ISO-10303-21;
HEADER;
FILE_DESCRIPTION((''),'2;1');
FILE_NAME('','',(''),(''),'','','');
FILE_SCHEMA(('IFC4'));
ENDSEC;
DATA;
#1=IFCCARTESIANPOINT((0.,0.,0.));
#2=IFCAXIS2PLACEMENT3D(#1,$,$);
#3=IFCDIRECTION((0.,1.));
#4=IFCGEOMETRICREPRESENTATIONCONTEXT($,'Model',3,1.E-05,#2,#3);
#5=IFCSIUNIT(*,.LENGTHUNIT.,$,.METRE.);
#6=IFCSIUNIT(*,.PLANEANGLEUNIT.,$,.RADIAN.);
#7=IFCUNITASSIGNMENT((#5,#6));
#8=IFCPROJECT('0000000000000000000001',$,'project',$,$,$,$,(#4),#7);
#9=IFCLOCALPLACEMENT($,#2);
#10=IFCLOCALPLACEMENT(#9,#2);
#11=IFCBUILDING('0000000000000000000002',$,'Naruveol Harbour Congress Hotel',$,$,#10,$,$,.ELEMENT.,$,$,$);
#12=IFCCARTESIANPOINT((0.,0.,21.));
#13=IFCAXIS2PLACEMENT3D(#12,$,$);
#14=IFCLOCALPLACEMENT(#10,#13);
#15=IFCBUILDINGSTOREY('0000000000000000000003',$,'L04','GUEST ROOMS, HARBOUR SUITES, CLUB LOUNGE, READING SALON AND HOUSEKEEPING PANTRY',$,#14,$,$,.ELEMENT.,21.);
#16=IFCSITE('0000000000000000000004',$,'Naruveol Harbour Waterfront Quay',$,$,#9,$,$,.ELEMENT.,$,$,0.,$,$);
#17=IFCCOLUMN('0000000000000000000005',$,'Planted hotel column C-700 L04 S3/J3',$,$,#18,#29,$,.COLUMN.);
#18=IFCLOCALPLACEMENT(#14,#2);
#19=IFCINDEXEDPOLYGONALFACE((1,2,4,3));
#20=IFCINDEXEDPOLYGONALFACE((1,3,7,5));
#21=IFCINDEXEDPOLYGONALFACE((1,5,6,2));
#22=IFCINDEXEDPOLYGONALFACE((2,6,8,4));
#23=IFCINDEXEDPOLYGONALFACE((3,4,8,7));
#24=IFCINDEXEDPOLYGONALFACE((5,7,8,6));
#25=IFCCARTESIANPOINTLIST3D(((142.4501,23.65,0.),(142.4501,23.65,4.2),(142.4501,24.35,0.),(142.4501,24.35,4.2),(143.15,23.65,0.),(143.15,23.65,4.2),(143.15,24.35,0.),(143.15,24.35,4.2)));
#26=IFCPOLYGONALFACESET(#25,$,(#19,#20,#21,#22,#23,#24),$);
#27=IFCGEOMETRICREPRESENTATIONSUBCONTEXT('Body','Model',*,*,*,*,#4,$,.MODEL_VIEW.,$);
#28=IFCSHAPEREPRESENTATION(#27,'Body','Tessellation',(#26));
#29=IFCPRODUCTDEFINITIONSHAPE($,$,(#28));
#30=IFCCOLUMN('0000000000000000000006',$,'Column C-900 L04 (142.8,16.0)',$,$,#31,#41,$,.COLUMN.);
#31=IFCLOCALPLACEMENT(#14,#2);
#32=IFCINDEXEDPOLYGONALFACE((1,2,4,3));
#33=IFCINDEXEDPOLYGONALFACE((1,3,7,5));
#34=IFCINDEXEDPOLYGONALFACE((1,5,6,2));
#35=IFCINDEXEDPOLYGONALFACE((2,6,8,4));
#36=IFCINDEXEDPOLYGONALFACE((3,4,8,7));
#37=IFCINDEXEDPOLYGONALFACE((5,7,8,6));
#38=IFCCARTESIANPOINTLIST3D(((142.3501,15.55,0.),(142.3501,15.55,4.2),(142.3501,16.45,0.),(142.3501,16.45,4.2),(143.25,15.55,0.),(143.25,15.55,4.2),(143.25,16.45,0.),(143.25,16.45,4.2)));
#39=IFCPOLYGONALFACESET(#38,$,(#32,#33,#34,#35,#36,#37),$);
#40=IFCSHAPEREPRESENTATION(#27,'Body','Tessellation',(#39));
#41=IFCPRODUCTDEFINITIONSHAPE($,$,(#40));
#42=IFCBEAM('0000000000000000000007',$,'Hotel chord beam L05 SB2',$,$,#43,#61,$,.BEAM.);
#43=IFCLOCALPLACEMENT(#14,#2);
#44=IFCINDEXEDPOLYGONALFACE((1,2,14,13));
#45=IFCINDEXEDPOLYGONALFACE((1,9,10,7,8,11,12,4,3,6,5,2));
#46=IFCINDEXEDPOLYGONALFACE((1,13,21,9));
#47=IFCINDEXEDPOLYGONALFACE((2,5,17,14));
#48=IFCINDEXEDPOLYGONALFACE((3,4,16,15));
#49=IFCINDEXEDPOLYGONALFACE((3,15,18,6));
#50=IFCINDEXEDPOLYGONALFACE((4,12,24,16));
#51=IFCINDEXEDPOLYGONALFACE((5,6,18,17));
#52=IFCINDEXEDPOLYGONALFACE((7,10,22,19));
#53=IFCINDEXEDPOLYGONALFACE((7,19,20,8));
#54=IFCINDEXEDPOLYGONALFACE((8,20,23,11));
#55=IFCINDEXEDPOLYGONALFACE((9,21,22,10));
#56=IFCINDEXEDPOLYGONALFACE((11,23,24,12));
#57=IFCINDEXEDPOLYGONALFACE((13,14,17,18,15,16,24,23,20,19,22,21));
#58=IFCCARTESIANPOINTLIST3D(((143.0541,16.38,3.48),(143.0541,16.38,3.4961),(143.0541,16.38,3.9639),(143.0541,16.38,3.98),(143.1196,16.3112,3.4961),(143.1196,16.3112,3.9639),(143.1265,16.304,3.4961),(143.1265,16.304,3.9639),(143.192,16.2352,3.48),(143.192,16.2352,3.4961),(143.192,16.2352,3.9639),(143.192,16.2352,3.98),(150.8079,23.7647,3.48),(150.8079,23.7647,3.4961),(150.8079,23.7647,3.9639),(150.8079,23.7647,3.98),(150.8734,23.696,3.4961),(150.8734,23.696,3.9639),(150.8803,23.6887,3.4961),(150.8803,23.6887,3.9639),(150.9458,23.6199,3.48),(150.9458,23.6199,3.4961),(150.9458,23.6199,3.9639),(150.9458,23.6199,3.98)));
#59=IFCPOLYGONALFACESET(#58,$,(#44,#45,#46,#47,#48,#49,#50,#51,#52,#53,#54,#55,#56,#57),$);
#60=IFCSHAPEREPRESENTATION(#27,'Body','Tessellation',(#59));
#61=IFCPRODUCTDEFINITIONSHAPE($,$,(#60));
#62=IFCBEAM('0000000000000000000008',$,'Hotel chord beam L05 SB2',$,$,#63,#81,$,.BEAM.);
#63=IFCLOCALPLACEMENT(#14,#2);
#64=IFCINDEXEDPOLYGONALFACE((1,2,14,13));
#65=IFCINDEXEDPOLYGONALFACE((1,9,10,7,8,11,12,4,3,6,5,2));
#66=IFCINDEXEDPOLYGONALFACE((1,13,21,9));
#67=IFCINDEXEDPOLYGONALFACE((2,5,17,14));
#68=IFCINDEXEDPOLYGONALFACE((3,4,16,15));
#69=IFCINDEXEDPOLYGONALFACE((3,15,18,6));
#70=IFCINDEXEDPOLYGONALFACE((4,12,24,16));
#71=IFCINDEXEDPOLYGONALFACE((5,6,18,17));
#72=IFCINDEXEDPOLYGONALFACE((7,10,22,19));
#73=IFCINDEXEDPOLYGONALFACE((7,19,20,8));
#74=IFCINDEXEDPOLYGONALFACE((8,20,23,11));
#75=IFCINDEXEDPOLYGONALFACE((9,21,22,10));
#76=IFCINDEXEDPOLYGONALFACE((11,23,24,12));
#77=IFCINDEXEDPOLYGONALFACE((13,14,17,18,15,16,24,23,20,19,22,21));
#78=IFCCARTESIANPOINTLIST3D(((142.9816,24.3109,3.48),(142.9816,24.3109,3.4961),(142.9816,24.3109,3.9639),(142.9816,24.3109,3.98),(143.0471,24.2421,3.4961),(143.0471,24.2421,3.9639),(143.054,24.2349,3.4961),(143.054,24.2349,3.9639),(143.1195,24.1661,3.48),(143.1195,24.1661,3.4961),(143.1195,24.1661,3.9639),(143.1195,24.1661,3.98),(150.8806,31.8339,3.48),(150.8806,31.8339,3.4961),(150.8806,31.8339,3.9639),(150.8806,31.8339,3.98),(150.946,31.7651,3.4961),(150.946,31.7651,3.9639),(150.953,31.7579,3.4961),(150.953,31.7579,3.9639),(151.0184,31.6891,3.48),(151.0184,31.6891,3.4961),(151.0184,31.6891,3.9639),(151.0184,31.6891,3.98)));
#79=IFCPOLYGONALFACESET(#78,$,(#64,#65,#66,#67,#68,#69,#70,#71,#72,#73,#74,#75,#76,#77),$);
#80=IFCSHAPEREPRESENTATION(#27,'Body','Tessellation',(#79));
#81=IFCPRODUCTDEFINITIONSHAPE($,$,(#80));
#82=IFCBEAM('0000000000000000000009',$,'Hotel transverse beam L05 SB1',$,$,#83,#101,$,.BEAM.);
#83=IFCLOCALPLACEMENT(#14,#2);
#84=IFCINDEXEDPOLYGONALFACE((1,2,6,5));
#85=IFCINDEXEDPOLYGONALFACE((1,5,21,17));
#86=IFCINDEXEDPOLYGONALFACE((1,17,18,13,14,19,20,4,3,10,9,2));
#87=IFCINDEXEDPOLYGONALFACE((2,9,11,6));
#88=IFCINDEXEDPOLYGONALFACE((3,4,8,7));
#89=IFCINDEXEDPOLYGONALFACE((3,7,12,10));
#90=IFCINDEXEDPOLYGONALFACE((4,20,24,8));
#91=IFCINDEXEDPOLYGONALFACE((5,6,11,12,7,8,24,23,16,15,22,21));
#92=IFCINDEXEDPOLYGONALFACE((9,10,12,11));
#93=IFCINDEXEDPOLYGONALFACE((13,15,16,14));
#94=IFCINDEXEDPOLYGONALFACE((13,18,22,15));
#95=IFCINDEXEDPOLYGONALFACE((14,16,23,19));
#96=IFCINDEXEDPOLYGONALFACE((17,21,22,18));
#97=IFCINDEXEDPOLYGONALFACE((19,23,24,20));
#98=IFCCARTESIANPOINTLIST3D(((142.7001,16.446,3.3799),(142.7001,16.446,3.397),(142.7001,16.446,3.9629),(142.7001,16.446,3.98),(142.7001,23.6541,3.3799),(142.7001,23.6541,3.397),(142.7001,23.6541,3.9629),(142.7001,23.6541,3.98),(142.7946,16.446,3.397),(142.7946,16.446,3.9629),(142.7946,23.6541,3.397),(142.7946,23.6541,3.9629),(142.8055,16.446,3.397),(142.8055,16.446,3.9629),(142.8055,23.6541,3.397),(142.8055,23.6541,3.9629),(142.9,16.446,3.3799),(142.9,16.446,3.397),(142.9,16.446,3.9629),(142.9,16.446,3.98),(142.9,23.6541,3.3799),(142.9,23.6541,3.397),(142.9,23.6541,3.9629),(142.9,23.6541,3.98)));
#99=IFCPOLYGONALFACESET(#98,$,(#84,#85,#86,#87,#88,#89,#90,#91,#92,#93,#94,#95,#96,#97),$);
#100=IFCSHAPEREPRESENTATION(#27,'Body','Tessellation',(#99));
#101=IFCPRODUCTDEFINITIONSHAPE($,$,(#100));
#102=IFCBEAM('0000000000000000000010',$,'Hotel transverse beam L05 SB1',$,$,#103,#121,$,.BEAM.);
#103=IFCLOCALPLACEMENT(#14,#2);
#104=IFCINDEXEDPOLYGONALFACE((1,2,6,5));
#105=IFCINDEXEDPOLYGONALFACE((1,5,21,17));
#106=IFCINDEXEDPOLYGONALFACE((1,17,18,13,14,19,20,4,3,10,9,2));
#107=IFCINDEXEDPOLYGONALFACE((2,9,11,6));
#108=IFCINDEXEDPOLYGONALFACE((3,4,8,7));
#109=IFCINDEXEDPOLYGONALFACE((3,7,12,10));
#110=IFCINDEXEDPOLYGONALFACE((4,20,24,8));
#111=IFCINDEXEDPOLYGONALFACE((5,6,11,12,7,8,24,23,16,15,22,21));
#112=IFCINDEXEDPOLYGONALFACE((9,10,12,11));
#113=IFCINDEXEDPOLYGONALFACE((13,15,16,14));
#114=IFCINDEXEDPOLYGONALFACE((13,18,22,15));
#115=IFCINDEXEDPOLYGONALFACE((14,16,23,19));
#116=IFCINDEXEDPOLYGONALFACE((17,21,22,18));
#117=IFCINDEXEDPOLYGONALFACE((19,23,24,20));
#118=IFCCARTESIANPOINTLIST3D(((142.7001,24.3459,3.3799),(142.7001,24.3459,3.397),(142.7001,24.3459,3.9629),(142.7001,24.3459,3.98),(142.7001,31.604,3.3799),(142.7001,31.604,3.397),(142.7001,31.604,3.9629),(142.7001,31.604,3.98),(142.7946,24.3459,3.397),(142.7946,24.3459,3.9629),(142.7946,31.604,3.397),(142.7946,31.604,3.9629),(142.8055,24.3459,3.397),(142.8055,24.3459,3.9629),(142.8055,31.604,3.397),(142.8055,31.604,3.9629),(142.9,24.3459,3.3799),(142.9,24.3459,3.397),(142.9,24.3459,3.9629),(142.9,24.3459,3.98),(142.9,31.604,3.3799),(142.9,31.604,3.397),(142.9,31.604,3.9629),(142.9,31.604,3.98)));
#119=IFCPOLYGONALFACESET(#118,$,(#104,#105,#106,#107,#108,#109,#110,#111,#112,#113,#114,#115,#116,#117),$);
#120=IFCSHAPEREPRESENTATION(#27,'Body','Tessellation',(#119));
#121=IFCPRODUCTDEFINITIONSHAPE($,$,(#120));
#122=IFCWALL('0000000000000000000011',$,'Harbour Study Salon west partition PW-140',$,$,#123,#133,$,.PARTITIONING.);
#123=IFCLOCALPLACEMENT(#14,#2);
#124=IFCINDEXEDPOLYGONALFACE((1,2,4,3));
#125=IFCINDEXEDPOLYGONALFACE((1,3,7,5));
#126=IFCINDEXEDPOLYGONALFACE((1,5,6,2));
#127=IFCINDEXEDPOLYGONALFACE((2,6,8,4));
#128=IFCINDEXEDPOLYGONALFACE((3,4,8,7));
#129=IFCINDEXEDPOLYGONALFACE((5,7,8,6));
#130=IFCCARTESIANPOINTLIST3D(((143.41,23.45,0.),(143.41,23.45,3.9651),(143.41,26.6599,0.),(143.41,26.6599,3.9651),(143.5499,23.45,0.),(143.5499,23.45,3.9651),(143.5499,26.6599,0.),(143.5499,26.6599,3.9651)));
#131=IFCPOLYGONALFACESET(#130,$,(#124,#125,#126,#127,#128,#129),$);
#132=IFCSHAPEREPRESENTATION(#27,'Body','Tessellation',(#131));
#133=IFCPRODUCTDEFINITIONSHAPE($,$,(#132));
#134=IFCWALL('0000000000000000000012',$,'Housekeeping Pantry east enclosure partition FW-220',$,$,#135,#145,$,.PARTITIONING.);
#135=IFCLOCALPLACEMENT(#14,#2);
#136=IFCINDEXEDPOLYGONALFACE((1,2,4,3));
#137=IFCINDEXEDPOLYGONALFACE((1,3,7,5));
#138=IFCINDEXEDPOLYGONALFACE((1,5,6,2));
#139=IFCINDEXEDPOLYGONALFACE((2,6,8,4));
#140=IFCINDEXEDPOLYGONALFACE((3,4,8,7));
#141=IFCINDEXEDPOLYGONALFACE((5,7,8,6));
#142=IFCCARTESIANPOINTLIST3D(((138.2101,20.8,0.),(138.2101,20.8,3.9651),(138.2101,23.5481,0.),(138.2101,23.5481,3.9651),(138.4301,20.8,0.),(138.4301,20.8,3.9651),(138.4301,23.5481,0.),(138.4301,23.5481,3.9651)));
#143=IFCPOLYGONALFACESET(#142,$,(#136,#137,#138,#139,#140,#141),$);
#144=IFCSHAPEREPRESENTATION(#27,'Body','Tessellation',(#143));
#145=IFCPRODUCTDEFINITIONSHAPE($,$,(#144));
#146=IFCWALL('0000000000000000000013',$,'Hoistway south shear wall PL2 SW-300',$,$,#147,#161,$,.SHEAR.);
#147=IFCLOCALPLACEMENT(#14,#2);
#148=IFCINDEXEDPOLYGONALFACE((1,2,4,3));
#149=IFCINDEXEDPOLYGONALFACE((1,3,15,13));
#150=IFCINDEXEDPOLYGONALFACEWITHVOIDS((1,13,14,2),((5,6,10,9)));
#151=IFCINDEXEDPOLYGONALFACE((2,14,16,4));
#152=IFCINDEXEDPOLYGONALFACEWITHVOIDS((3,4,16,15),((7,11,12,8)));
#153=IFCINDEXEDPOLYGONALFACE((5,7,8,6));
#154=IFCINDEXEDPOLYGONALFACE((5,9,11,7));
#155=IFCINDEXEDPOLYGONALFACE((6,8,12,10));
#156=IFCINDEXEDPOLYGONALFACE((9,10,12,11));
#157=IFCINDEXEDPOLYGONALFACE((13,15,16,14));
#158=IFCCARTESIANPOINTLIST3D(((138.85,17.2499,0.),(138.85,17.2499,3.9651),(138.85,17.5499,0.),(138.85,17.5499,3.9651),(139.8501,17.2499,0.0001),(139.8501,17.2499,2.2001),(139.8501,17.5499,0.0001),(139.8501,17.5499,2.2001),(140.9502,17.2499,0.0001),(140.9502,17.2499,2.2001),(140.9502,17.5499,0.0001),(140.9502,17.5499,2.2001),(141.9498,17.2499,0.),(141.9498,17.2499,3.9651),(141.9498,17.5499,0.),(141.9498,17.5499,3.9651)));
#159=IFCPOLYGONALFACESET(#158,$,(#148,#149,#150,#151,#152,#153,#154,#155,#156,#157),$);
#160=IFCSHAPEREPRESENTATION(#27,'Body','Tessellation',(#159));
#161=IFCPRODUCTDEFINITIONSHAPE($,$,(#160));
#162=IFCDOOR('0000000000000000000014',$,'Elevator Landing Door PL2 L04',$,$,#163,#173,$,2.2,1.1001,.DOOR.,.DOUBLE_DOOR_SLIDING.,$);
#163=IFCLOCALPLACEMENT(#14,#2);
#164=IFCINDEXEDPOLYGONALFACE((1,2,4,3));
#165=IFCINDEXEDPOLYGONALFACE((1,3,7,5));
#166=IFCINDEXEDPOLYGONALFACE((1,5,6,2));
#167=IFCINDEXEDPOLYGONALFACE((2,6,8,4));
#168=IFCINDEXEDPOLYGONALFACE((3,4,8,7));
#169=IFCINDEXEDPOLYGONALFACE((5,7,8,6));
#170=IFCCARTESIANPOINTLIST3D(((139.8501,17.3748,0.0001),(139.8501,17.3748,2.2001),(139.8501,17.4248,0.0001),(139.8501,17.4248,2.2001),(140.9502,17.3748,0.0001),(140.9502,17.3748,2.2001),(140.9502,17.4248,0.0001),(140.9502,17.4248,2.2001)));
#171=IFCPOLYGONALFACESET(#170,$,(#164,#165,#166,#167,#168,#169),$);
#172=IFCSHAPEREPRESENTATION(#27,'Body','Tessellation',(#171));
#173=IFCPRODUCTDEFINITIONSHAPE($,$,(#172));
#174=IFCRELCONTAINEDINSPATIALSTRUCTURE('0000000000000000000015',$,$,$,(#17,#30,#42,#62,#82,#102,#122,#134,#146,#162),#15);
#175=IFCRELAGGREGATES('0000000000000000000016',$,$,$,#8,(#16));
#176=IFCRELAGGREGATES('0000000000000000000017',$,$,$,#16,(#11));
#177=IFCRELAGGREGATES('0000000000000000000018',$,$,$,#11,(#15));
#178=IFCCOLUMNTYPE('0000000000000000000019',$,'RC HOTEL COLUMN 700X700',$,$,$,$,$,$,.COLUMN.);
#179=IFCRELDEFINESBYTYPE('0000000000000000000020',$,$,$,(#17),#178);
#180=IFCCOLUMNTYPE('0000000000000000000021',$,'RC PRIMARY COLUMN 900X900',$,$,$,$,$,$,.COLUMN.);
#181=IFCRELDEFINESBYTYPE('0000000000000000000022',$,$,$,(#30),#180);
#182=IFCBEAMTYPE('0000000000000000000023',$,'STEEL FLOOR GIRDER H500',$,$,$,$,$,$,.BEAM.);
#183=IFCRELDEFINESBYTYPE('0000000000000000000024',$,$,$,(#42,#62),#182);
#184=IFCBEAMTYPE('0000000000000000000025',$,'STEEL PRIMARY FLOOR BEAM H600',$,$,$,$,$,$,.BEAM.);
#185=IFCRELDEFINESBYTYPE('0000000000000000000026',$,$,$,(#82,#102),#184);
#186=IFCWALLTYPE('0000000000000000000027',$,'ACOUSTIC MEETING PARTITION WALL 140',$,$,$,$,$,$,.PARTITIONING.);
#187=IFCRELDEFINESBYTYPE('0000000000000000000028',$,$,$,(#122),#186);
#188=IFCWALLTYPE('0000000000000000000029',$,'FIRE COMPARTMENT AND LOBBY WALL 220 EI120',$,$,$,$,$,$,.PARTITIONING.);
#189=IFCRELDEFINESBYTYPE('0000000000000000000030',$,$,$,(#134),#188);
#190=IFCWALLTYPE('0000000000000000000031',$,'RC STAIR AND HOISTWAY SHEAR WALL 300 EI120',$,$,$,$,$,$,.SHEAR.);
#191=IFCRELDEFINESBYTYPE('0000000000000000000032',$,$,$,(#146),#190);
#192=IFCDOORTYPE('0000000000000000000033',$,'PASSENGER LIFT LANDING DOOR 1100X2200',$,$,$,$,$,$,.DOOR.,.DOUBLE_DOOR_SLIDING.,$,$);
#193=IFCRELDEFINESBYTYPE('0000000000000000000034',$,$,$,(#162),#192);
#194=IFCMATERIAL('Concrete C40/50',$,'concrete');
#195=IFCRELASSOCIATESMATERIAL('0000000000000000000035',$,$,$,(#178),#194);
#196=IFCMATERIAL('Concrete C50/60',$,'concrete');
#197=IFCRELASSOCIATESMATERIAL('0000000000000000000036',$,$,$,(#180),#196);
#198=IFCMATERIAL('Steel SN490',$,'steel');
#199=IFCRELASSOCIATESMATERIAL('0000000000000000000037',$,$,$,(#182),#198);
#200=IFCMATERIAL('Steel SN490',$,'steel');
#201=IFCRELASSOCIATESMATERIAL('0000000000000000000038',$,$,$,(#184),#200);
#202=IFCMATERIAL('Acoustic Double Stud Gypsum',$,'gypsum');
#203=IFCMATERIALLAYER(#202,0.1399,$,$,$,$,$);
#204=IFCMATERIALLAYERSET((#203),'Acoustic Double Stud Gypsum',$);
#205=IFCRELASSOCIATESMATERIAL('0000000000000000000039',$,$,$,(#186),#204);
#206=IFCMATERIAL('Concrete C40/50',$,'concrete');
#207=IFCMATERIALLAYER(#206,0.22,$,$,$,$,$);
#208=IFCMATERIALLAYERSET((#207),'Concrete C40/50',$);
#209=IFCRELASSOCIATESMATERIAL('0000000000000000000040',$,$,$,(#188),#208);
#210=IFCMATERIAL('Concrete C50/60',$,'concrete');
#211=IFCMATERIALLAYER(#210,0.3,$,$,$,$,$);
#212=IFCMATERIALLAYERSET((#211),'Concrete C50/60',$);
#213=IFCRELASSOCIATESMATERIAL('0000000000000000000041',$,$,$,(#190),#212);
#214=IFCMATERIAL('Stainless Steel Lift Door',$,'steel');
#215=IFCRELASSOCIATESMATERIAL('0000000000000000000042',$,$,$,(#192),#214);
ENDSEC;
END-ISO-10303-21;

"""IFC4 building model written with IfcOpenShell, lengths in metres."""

from ifc_helpers import new_model, si_unit, direction, frame, frame_2d, origin, origin_2d, place, context, subcontext, project, spatial, rectangle, i_section, extrude, material, layer, layer_set, material_profile, profile_set, type_object, element, fill, save


model = new_model("IFC4")

# Units and contexts
model_context = context("Model", 3, precision=1e-05, world=origin(), true_north=direction((0.0, 1.0)))
body_context = subcontext(model_context, "Body", "Model", "MODEL_VIEW")
ifc_project = project(units=[si_unit("LENGTHUNIT", "METRE"), si_unit("PLANEANGLEUNIT", "RADIAN")], contexts=[model_context])

# Site, building, storey
site_placement = place(None, origin())
site = spatial("IfcSite", under=ifc_project, at=site_placement, Name="Naruveol Harbour Waterfront Quay", CompositionType="ELEMENT", RefElevation=0.0)
building_placement = place(site_placement, origin())
building = spatial("IfcBuilding", under=site, at=building_placement, Name="Naruveol Harbour Congress Hotel", CompositionType="ELEMENT")
storey_placement = place(building_placement, frame((0.0, 0.0, 21.0)))
storey = spatial("IfcBuildingStorey", under=building, at=storey_placement, Name="L04", Description="GUEST ROOMS, HARBOUR SUITES, CLUB LOUNGE, READING SALON AND HOUSEKEEPING PANTRY", CompositionType="ELEMENT", Elevation=21.0)

# Columns
ifc_material_1 = material(Name="Concrete C40/50", Category="concrete")
ifc_material_profile_1 = material_profile(ifc_material_1, rectangle(XDim=0.7, YDim=0.7, at=origin_2d()), Name="RC-700x700")
ifc_profile_set_1 = profile_set([ifc_material_profile_1], Name="Concrete C40/50")
column_type_1 = type_object("IfcColumnType", Name="RC HOTEL COLUMN 700X700", PredefinedType="COLUMN", material=ifc_profile_set_1)
column_1_placement = place(storey_placement, frame((142.8, 24.0, 0.0), z_axis=(0.0, 0.0, 1.0), x_axis=(1.0, 0.0, 0.0)))
element("IfcColumn", 1, at=column_1_placement, inside=storey, type_object=column_type_1, Name="Planted hotel column C-700 L04 S3/J3", PredefinedType="COLUMN", context=body_context, shape_type="SweptSolid", body=[
    extrude(rectangle(XDim=0.7, YDim=0.7, at=origin_2d()), origin(), (0.0, 0.0, 1.0), 4.2),
])
ifc_material_2 = material(Name="Concrete C50/60", Category="concrete")
ifc_material_profile_2 = material_profile(ifc_material_2, rectangle(XDim=0.8999, YDim=0.8999, at=origin_2d()), Name="RC-900x900")
ifc_profile_set_2 = profile_set([ifc_material_profile_2], Name="Concrete C50/60")
column_type_2 = type_object("IfcColumnType", Name="RC PRIMARY COLUMN 900X900", PredefinedType="COLUMN", material=ifc_profile_set_2)
column_2_placement = place(storey_placement, frame((142.8, 16.0, 0.0), z_axis=(0.0, 0.0, 1.0), x_axis=(1.0, 0.0, 0.0)))
element("IfcColumn", 2, at=column_2_placement, inside=storey, type_object=column_type_2, Name="Column C-900 L04 (142.8,16.0)", PredefinedType="COLUMN", context=body_context, shape_type="SweptSolid", body=[
    extrude(rectangle(XDim=0.8999, YDim=0.8999, at=origin_2d()), origin(), (0.0, 0.0, 1.0), 4.2),
])

# Beams
ifc_material_3 = material(Name="Steel SN490", Category="steel")
ifc_material_profile_3 = material_profile(ifc_material_3, i_section(OverallWidth=0.2, OverallDepth=0.5, WebThickness=0.01, FlangeThickness=0.0161, at=origin_2d()), Name="H-500x200x10x16")
ifc_profile_set_3 = profile_set([ifc_material_profile_3], Name="Steel SN490")
beam_type_1 = type_object("IfcBeamType", Name="STEEL FLOOR GIRDER H500", PredefinedType="BEAM", material=ifc_profile_set_3)
beam_1_placement = place(storey_placement, frame((143.123, 16.3076, 3.73), z_axis=(0.724134, 0.68966, 0.0), x_axis=(-0.68966, 0.724134, 0.0)))
element("IfcBeam", 3, at=beam_1_placement, inside=storey, type_object=beam_type_1, Name="Hotel chord beam L05 SB2", PredefinedType="BEAM", context=body_context, shape_type="SweptSolid", body=[
    extrude(i_section(OverallWidth=0.2, OverallDepth=0.5, WebThickness=0.01, FlangeThickness=0.0161, at=origin_2d()), origin(), (0.0, 0.0, 1.0), 10.7078),
])
beam_2_placement = place(storey_placement, frame((143.0505, 24.2385, 3.73), z_axis=(0.72413, 0.689663, 0.0), x_axis=(-0.689663, 0.72413, 0.0)))
element("IfcBeam", 4, at=beam_2_placement, inside=storey, type_object=beam_type_1, Name="Hotel chord beam L05 SB2", PredefinedType="BEAM", context=body_context, shape_type="SweptSolid", body=[
    extrude(i_section(OverallWidth=0.2, OverallDepth=0.5, WebThickness=0.01, FlangeThickness=0.0161, at=origin_2d()), origin(), (0.0, 0.0, 1.0), 10.9082),
])
ifc_material_4 = material(Name="Steel SN490", Category="steel")
ifc_material_profile_4 = material_profile(ifc_material_4, i_section(OverallWidth=0.2, OverallDepth=0.6001, WebThickness=0.011, FlangeThickness=0.0171, at=origin_2d()), Name="H-600x200x11x17")
ifc_profile_set_4 = profile_set([ifc_material_profile_4], Name="Steel SN490")
beam_type_2 = type_object("IfcBeamType", Name="STEEL PRIMARY FLOOR BEAM H600", PredefinedType="BEAM", material=ifc_profile_set_4)
beam_3_placement = place(storey_placement, frame((142.8, 16.446, 3.6799), z_axis=(0.0, 1.0, 0.0), x_axis=(-1.0, 0.0, 0.0)))
element("IfcBeam", 5, at=beam_3_placement, inside=storey, type_object=beam_type_2, Name="Hotel transverse beam L05 SB1", PredefinedType="BEAM", context=body_context, shape_type="SweptSolid", body=[
    extrude(i_section(OverallWidth=0.2, OverallDepth=0.6001, WebThickness=0.011, FlangeThickness=0.0171, at=origin_2d()), origin(), (0.0, 0.0, 1.0), 7.208),
])
beam_4_placement = place(storey_placement, frame((142.8, 24.3459, 3.6799), z_axis=(0.0, 1.0, 0.0), x_axis=(-1.0, 0.0, 0.0)))
element("IfcBeam", 6, at=beam_4_placement, inside=storey, type_object=beam_type_2, Name="Hotel transverse beam L05 SB1", PredefinedType="BEAM", context=body_context, shape_type="SweptSolid", body=[
    extrude(i_section(OverallWidth=0.2, OverallDepth=0.6001, WebThickness=0.011, FlangeThickness=0.0171, at=origin_2d()), origin(), (0.0, 0.0, 1.0), 7.2581),
])

# Shared definitions
ifc_material_5 = material(Name="Acoustic Double Stud Gypsum", Category="gypsum")
ifc_layer_1 = layer(ifc_material_5, 0.1399)
ifc_layer_set_1 = layer_set([ifc_layer_1], Name="Acoustic Double Stud Gypsum")
wall_type_1 = type_object("IfcWallType", Name="ACOUSTIC MEETING PARTITION WALL 140", PredefinedType="PARTITIONING", material=ifc_layer_set_1)

# Walls
wall_1_placement = place(storey_placement, frame((143.48, 23.45, 0.0), z_axis=(0.0, 0.0, 1.0), x_axis=(0.0, 1.0, 0.0)))
element("IfcWall", 7, at=wall_1_placement, inside=storey, type_object=wall_type_1, Name="Harbour Study Salon west partition PW-140", PredefinedType="PARTITIONING", context=body_context, shape_type="SweptSolid", body=[
    extrude(rectangle(XDim=3.21, YDim=0.1399, at=frame_2d((1.605, 0.0))), origin(), (0.0, 0.0, 1.0), 3.9651),
])
ifc_material_6 = material(Name="Concrete C40/50", Category="concrete")
ifc_layer_2 = layer(ifc_material_6, 0.22)
ifc_layer_set_2 = layer_set([ifc_layer_2], Name="Concrete C40/50")
wall_type_2 = type_object("IfcWallType", Name="FIRE COMPARTMENT AND LOBBY WALL 220 EI120", PredefinedType="PARTITIONING", material=ifc_layer_set_2)
wall_2_placement = place(storey_placement, frame((138.3201, 20.8, 0.0), z_axis=(0.0, 0.0, 1.0), x_axis=(0.0, 1.0, 0.0)))
element("IfcWall", 8, at=wall_2_placement, inside=storey, type_object=wall_type_2, Name="Housekeeping Pantry east enclosure partition FW-220", PredefinedType="PARTITIONING", context=body_context, shape_type="SweptSolid", body=[
    extrude(rectangle(XDim=2.748, YDim=0.22, at=frame_2d((1.374, 0.0))), origin(), (0.0, 0.0, 1.0), 3.9651),
])

# Wall, opening, door
ifc_material_7 = material(Name="Concrete C50/60", Category="concrete")
ifc_layer_3 = layer(ifc_material_7, 0.3)
ifc_layer_set_3 = layer_set([ifc_layer_3], Name="Concrete C50/60")
wall_type_3 = type_object("IfcWallType", Name="RC STAIR AND HOISTWAY SHEAR WALL 300 EI120", PredefinedType="SHEAR", material=ifc_layer_set_3)
wall_3_placement = place(storey_placement, frame((138.8501, 17.3999, 0.0), z_axis=(0.0, 0.0, 1.0), x_axis=(1.0, 0.0, 0.0)))
wall_3 = element("IfcWall", 9, at=wall_3_placement, inside=storey, type_object=wall_type_3, Name="Hoistway south shear wall PL2 SW-300", PredefinedType="SHEAR", context=body_context, shape_type="SweptSolid", body=[
    extrude(rectangle(XDim=3.0999, YDim=0.3, at=frame_2d((1.5498, 0.0))), origin(), (0.0, 0.0, 1.0), 3.9651),
])
opening_1_placement = place(wall_3_placement, frame((1.0, 0.0, 0.0)))
opening_1 = element("IfcOpeningElement", 10, at=opening_1_placement, cuts=wall_3, PredefinedType="OPENING", context=body_context, shape_type="SweptSolid", body=[
    extrude(rectangle(XDim=1.1001, YDim=2.2, at=frame_2d((0.55, 1.1001))), frame((0.0, 0.1599, 0.0), z_axis=(0.0, -1.0, 0.0), x_axis=(1.0, 0.0, 0.0)), (0.0, 0.0, 1.0), 0.3201),
])
ifc_material_8 = material(Name="Stainless Steel Lift Door", Category="steel")
door_type_1 = type_object("IfcDoorType", Name="PASSENGER LIFT LANDING DOOR 1100X2200", OperationType="DOUBLE_DOOR_SLIDING", PredefinedType="DOOR", material=ifc_material_8)
door_1_placement = place(opening_1_placement, origin())
door_1 = element("IfcDoor", 11, at=door_1_placement, inside=storey, type_object=door_type_1, Name="Elevator Landing Door PL2 L04", OperationType="DOUBLE_DOOR_SLIDING", OverallHeight=2.2, OverallWidth=1.1001, PredefinedType="DOOR", context=body_context, shape_type="SweptSolid", body=[
    extrude(rectangle(XDim=1.1001, YDim=2.2, at=frame_2d((0.55, 1.1001))), frame((0.0, 0.0249, 0.0), z_axis=(0.0, -1.0, 0.0), x_axis=(1.0, 0.0, 0.0)), (0.0, 0.0, 1.0), 0.05),
])
fill(opening_1, door_1)

save(model, "model.ifc")
